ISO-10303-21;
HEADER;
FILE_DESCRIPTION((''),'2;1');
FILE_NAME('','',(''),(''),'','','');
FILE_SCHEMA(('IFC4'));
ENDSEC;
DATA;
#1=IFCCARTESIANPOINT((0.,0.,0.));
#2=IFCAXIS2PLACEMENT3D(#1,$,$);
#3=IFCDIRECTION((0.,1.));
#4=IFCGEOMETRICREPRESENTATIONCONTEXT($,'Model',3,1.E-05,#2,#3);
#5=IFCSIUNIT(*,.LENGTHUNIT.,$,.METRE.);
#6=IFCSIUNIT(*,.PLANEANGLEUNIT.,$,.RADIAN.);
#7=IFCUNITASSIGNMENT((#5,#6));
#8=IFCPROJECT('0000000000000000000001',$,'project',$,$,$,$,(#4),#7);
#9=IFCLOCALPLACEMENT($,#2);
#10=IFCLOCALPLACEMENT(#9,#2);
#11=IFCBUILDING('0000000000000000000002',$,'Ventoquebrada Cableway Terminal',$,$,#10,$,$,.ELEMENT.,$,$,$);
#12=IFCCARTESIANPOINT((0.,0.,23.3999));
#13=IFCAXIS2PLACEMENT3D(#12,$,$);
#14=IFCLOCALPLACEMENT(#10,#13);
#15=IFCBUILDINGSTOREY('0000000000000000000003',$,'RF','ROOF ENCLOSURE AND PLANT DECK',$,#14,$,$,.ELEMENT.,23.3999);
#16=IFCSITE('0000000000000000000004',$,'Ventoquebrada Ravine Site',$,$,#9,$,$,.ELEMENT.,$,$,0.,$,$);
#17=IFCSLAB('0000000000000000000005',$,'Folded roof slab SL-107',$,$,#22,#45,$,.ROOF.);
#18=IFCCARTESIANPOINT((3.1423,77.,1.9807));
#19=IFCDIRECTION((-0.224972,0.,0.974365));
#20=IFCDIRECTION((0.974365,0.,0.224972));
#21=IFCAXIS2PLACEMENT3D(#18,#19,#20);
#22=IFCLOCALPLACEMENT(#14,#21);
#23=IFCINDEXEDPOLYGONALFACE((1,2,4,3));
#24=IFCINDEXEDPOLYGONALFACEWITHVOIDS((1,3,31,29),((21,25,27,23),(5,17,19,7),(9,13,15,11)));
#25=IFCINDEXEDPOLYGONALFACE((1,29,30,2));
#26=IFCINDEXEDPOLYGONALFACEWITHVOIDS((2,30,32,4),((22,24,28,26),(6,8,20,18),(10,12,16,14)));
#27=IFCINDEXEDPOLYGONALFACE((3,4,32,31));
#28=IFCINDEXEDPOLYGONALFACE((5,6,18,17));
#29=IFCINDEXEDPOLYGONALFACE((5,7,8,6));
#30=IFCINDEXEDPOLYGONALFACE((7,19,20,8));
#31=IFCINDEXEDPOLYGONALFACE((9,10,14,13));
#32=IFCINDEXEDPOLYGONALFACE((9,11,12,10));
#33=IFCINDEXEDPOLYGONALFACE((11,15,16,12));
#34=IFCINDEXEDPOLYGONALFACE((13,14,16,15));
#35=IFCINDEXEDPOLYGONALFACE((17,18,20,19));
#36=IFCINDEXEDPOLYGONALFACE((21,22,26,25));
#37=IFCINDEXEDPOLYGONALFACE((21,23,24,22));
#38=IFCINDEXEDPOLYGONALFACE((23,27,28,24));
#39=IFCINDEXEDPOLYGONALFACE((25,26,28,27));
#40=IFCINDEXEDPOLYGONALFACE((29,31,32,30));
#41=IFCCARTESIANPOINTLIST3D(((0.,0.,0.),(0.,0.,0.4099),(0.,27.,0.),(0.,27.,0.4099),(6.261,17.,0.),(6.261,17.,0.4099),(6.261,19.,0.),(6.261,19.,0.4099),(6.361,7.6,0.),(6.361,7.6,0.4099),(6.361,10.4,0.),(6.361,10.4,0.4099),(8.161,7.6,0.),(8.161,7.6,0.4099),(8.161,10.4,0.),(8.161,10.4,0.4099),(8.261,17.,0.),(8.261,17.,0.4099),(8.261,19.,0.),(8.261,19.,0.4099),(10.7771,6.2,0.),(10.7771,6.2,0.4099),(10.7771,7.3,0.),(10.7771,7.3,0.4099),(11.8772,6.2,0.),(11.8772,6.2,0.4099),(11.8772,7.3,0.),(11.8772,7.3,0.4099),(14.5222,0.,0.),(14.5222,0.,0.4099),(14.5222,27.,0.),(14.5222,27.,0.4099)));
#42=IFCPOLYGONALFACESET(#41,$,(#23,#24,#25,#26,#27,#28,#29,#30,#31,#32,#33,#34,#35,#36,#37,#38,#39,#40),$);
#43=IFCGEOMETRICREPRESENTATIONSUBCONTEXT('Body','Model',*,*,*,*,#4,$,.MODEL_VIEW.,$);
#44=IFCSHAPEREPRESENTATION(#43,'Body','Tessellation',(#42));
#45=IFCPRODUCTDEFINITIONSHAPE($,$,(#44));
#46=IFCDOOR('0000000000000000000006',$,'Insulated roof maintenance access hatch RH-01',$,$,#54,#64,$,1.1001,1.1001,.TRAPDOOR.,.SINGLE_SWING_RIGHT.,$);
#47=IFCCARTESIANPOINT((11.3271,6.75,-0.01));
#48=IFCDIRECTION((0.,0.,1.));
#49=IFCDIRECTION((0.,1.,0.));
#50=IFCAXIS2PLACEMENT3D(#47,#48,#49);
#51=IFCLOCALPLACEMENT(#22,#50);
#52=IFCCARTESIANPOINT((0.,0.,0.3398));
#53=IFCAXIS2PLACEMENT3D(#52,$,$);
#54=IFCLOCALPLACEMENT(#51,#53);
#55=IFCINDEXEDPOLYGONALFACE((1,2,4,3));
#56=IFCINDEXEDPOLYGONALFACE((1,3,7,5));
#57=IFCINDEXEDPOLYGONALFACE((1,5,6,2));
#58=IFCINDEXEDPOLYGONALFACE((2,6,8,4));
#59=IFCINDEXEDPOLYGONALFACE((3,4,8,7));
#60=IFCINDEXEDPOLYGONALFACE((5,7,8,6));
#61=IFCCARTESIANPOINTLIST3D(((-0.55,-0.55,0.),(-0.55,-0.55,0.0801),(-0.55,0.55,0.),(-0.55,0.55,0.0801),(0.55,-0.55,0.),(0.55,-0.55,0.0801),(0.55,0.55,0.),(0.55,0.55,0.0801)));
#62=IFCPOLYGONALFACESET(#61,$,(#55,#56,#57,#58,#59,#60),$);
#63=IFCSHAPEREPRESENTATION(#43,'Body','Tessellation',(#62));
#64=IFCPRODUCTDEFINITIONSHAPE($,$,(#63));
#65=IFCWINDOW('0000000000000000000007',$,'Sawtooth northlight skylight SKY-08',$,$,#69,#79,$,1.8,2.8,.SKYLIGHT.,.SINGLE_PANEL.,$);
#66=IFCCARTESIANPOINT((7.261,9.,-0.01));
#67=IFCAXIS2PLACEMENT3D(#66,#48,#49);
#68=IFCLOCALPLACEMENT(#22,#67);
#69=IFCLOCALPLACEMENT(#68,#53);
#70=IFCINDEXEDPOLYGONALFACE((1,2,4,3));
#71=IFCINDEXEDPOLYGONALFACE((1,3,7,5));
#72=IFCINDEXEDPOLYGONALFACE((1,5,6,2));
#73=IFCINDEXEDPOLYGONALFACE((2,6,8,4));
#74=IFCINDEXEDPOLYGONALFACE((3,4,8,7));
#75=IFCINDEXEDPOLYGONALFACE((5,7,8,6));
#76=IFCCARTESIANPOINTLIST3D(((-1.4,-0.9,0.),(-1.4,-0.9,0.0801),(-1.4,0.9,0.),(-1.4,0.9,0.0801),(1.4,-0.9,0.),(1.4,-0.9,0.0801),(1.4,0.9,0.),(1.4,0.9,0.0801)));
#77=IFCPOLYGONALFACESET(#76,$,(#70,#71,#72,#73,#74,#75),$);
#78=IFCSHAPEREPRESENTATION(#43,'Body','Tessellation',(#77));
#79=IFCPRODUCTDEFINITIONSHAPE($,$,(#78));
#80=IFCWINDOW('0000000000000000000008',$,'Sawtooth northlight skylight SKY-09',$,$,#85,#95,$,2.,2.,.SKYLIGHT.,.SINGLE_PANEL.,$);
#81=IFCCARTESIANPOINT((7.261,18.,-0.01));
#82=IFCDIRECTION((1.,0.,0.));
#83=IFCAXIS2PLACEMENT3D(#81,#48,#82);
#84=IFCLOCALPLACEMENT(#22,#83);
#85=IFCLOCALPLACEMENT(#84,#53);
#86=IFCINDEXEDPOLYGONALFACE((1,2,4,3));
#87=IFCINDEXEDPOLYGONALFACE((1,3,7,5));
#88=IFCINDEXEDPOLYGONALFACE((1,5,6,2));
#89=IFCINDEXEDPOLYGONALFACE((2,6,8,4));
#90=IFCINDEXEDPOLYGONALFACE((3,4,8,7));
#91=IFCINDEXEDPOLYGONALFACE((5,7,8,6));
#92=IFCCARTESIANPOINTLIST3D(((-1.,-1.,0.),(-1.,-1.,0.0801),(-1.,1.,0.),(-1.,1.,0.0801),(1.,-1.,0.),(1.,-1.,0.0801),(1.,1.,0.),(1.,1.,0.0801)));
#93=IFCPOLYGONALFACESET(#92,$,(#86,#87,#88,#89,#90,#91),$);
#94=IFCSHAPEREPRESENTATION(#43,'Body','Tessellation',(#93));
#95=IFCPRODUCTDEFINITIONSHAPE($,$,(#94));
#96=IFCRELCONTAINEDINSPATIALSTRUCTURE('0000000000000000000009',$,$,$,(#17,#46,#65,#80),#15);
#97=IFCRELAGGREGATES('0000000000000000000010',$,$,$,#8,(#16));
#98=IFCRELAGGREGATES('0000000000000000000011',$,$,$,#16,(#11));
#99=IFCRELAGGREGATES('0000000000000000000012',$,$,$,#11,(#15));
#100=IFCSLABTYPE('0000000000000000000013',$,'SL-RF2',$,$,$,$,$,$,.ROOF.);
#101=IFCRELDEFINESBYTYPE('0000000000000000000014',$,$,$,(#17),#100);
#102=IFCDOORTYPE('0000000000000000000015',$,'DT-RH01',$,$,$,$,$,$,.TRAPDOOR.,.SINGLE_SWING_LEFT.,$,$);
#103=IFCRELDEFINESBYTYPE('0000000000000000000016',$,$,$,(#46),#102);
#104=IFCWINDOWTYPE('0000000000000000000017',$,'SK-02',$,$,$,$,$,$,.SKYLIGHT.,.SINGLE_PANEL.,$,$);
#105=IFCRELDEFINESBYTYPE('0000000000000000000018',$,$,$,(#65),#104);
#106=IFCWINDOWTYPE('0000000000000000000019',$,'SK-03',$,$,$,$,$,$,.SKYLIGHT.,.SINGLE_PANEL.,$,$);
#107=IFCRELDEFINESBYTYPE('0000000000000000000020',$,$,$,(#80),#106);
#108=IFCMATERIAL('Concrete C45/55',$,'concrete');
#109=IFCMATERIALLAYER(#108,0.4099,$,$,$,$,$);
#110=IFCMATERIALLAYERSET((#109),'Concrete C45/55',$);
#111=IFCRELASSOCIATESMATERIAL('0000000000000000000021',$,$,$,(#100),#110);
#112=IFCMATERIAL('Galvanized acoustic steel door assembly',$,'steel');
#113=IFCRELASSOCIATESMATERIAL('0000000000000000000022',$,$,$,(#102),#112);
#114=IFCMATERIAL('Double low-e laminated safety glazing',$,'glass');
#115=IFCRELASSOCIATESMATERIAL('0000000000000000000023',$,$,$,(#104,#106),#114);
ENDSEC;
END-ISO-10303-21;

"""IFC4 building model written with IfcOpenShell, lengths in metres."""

from ifc_helpers import new_model, si_unit, direction, frame, origin, origin_2d, place, context, subcontext, project, spatial, polyline, rectangle, outline, extrude, material, layer, layer_set, type_object, element, fill, save


model = new_model("IFC4")

# Units and contexts
model_context = context("Model", 3, precision=1e-05, world=origin(), true_north=direction((0.0, 1.0)))
body_context = subcontext(model_context, "Body", "Model", "MODEL_VIEW")
ifc_project = project(units=[si_unit("LENGTHUNIT", "METRE"), si_unit("PLANEANGLEUNIT", "RADIAN")], contexts=[model_context])

# Site, building, storey
site_placement = place(None, origin())
site = spatial("IfcSite", under=ifc_project, at=site_placement, Name="Ventoquebrada Ravine Site", CompositionType="ELEMENT", RefElevation=0.0)
building_placement = place(site_placement, origin())
building = spatial("IfcBuilding", under=site, at=building_placement, Name="Ventoquebrada Cableway Terminal", CompositionType="ELEMENT")
storey_placement = place(building_placement, frame((0.0, 0.0, 23.3999)))
storey = spatial("IfcBuildingStorey", under=building, at=storey_placement, Name="RF", Description="ROOF ENCLOSURE AND PLANT DECK", CompositionType="ELEMENT", Elevation=23.3999)

# Shared definitions
ifc_material_1 = material(Name="Double low-e laminated safety glazing", Category="glass")

# Slab, openings, door, windows
ifc_material_2 = material(Name="Concrete C45/55", Category="concrete")
ifc_layer_1 = layer(ifc_material_2, 0.4099)
ifc_layer_set_1 = layer_set([ifc_layer_1], Name="Concrete C45/55")
slab_type = type_object("IfcSlabType", Name="SL-RF2", PredefinedType="ROOF", material=ifc_layer_set_1)
slab_1_placement = place(storey_placement, frame((3.1423, 77.0, 1.9807), z_axis=(-0.224972, 0.0, 0.974365), x_axis=(0.974365, 0.0, 0.224972)))
slab_1 = element("IfcSlab", 1, at=slab_1_placement, inside=storey, type_object=slab_type, Name="Folded roof slab SL-107", PredefinedType="ROOF", context=body_context, shape_type="SweptSolid", body=[
    extrude(outline(polyline([(0.0, 0.0), (14.5222, 0.0), (14.5222, 27.0), (0.0, 27.0), (0.0, 0.0)])), origin(), (0.0, 0.0, 1.0), 0.4099),
])
opening_1_placement = place(slab_1_placement, frame((7.261, 9.0, -0.01), z_axis=(0.0, 0.0, 1.0), x_axis=(0.0, 1.0, 0.0)))
opening_1 = element("IfcOpeningElement", 2, at=opening_1_placement, cuts=slab_1, PredefinedType="OPENING", context=body_context, shape_type="SweptSolid", body=[
    extrude(rectangle(XDim=2.8, YDim=1.8, at=origin_2d()), origin(), (0.0, 0.0, 1.0), 0.4299),
])
opening_2_placement = place(slab_1_placement, frame((7.261, 18.0, -0.01), z_axis=(0.0, 0.0, 1.0), x_axis=(1.0, 0.0, 0.0)))
opening_2 = element("IfcOpeningElement", 3, at=opening_2_placement, cuts=slab_1, PredefinedType="OPENING", context=body_context, shape_type="SweptSolid", body=[
    extrude(rectangle(XDim=2.0, YDim=2.0, at=origin_2d()), origin(), (0.0, 0.0, 1.0), 0.4299),
])
opening_3_placement = place(slab_1_placement, frame((11.3271, 6.75, -0.01), z_axis=(0.0, 0.0, 1.0), x_axis=(0.0, 1.0, 0.0)))
opening_3 = element("IfcOpeningElement", 4, at=opening_3_placement, cuts=slab_1, PredefinedType="OPENING", context=body_context, shape_type="SweptSolid", body=[
    extrude(rectangle(XDim=1.1001, YDim=1.1001, at=origin_2d()), origin(), (0.0, 0.0, 1.0), 0.4299),
])
ifc_material_3 = material(Name="Galvanized acoustic steel door assembly", Category="steel")
door_type = type_object("IfcDoorType", Name="DT-RH01", OperationType="SINGLE_SWING_LEFT", PredefinedType="TRAPDOOR", material=ifc_material_3)
door_1_placement = place(opening_3_placement, frame((0.0, 0.0, 0.3398)))
door_1 = element("IfcDoor", 5, at=door_1_placement, inside=storey, type_object=door_type, Name="Insulated roof maintenance access hatch RH-01", OperationType="SINGLE_SWING_RIGHT", OverallHeight=1.1001, OverallWidth=1.1001, PredefinedType="TRAPDOOR", context=body_context, shape_type="SweptSolid", body=[
    extrude(rectangle(XDim=1.1001, YDim=1.1001, at=origin_2d()), origin(), (0.0, 0.0, 1.0), 0.0801),
])
fill(opening_3, door_1)
window_type_1 = type_object("IfcWindowType", Name="SK-02", PartitioningType="SINGLE_PANEL", PredefinedType="SKYLIGHT", material=ifc_material_1)
window_1_placement = place(opening_1_placement, frame((0.0, 0.0, 0.3398)))
window_1 = element("IfcWindow", 6, at=window_1_placement, inside=storey, type_object=window_type_1, Name="Sawtooth northlight skylight SKY-08", OverallHeight=1.8, OverallWidth=2.8, PartitioningType="SINGLE_PANEL", PredefinedType="SKYLIGHT", context=body_context, shape_type="SweptSolid", body=[
    extrude(rectangle(XDim=2.8, YDim=1.8, at=origin_2d()), origin(), (0.0, 0.0, 1.0), 0.0801),
])
fill(opening_1, window_1)
window_type_2 = type_object("IfcWindowType", Name="SK-03", PartitioningType="SINGLE_PANEL", PredefinedType="SKYLIGHT", material=ifc_material_1)
window_2_placement = place(opening_2_placement, frame((0.0, 0.0, 0.3398)))
window_2 = element("IfcWindow", 7, at=window_2_placement, inside=storey, type_object=window_type_2, Name="Sawtooth northlight skylight SKY-09", OverallHeight=2.0, OverallWidth=2.0, PartitioningType="SINGLE_PANEL", PredefinedType="SKYLIGHT", context=body_context, shape_type="SweptSolid", body=[
    extrude(rectangle(XDim=2.0, YDim=2.0, at=origin_2d()), origin(), (0.0, 0.0, 1.0), 0.0801),
])
fill(opening_2, window_2)

save(model, "model.ifc")
